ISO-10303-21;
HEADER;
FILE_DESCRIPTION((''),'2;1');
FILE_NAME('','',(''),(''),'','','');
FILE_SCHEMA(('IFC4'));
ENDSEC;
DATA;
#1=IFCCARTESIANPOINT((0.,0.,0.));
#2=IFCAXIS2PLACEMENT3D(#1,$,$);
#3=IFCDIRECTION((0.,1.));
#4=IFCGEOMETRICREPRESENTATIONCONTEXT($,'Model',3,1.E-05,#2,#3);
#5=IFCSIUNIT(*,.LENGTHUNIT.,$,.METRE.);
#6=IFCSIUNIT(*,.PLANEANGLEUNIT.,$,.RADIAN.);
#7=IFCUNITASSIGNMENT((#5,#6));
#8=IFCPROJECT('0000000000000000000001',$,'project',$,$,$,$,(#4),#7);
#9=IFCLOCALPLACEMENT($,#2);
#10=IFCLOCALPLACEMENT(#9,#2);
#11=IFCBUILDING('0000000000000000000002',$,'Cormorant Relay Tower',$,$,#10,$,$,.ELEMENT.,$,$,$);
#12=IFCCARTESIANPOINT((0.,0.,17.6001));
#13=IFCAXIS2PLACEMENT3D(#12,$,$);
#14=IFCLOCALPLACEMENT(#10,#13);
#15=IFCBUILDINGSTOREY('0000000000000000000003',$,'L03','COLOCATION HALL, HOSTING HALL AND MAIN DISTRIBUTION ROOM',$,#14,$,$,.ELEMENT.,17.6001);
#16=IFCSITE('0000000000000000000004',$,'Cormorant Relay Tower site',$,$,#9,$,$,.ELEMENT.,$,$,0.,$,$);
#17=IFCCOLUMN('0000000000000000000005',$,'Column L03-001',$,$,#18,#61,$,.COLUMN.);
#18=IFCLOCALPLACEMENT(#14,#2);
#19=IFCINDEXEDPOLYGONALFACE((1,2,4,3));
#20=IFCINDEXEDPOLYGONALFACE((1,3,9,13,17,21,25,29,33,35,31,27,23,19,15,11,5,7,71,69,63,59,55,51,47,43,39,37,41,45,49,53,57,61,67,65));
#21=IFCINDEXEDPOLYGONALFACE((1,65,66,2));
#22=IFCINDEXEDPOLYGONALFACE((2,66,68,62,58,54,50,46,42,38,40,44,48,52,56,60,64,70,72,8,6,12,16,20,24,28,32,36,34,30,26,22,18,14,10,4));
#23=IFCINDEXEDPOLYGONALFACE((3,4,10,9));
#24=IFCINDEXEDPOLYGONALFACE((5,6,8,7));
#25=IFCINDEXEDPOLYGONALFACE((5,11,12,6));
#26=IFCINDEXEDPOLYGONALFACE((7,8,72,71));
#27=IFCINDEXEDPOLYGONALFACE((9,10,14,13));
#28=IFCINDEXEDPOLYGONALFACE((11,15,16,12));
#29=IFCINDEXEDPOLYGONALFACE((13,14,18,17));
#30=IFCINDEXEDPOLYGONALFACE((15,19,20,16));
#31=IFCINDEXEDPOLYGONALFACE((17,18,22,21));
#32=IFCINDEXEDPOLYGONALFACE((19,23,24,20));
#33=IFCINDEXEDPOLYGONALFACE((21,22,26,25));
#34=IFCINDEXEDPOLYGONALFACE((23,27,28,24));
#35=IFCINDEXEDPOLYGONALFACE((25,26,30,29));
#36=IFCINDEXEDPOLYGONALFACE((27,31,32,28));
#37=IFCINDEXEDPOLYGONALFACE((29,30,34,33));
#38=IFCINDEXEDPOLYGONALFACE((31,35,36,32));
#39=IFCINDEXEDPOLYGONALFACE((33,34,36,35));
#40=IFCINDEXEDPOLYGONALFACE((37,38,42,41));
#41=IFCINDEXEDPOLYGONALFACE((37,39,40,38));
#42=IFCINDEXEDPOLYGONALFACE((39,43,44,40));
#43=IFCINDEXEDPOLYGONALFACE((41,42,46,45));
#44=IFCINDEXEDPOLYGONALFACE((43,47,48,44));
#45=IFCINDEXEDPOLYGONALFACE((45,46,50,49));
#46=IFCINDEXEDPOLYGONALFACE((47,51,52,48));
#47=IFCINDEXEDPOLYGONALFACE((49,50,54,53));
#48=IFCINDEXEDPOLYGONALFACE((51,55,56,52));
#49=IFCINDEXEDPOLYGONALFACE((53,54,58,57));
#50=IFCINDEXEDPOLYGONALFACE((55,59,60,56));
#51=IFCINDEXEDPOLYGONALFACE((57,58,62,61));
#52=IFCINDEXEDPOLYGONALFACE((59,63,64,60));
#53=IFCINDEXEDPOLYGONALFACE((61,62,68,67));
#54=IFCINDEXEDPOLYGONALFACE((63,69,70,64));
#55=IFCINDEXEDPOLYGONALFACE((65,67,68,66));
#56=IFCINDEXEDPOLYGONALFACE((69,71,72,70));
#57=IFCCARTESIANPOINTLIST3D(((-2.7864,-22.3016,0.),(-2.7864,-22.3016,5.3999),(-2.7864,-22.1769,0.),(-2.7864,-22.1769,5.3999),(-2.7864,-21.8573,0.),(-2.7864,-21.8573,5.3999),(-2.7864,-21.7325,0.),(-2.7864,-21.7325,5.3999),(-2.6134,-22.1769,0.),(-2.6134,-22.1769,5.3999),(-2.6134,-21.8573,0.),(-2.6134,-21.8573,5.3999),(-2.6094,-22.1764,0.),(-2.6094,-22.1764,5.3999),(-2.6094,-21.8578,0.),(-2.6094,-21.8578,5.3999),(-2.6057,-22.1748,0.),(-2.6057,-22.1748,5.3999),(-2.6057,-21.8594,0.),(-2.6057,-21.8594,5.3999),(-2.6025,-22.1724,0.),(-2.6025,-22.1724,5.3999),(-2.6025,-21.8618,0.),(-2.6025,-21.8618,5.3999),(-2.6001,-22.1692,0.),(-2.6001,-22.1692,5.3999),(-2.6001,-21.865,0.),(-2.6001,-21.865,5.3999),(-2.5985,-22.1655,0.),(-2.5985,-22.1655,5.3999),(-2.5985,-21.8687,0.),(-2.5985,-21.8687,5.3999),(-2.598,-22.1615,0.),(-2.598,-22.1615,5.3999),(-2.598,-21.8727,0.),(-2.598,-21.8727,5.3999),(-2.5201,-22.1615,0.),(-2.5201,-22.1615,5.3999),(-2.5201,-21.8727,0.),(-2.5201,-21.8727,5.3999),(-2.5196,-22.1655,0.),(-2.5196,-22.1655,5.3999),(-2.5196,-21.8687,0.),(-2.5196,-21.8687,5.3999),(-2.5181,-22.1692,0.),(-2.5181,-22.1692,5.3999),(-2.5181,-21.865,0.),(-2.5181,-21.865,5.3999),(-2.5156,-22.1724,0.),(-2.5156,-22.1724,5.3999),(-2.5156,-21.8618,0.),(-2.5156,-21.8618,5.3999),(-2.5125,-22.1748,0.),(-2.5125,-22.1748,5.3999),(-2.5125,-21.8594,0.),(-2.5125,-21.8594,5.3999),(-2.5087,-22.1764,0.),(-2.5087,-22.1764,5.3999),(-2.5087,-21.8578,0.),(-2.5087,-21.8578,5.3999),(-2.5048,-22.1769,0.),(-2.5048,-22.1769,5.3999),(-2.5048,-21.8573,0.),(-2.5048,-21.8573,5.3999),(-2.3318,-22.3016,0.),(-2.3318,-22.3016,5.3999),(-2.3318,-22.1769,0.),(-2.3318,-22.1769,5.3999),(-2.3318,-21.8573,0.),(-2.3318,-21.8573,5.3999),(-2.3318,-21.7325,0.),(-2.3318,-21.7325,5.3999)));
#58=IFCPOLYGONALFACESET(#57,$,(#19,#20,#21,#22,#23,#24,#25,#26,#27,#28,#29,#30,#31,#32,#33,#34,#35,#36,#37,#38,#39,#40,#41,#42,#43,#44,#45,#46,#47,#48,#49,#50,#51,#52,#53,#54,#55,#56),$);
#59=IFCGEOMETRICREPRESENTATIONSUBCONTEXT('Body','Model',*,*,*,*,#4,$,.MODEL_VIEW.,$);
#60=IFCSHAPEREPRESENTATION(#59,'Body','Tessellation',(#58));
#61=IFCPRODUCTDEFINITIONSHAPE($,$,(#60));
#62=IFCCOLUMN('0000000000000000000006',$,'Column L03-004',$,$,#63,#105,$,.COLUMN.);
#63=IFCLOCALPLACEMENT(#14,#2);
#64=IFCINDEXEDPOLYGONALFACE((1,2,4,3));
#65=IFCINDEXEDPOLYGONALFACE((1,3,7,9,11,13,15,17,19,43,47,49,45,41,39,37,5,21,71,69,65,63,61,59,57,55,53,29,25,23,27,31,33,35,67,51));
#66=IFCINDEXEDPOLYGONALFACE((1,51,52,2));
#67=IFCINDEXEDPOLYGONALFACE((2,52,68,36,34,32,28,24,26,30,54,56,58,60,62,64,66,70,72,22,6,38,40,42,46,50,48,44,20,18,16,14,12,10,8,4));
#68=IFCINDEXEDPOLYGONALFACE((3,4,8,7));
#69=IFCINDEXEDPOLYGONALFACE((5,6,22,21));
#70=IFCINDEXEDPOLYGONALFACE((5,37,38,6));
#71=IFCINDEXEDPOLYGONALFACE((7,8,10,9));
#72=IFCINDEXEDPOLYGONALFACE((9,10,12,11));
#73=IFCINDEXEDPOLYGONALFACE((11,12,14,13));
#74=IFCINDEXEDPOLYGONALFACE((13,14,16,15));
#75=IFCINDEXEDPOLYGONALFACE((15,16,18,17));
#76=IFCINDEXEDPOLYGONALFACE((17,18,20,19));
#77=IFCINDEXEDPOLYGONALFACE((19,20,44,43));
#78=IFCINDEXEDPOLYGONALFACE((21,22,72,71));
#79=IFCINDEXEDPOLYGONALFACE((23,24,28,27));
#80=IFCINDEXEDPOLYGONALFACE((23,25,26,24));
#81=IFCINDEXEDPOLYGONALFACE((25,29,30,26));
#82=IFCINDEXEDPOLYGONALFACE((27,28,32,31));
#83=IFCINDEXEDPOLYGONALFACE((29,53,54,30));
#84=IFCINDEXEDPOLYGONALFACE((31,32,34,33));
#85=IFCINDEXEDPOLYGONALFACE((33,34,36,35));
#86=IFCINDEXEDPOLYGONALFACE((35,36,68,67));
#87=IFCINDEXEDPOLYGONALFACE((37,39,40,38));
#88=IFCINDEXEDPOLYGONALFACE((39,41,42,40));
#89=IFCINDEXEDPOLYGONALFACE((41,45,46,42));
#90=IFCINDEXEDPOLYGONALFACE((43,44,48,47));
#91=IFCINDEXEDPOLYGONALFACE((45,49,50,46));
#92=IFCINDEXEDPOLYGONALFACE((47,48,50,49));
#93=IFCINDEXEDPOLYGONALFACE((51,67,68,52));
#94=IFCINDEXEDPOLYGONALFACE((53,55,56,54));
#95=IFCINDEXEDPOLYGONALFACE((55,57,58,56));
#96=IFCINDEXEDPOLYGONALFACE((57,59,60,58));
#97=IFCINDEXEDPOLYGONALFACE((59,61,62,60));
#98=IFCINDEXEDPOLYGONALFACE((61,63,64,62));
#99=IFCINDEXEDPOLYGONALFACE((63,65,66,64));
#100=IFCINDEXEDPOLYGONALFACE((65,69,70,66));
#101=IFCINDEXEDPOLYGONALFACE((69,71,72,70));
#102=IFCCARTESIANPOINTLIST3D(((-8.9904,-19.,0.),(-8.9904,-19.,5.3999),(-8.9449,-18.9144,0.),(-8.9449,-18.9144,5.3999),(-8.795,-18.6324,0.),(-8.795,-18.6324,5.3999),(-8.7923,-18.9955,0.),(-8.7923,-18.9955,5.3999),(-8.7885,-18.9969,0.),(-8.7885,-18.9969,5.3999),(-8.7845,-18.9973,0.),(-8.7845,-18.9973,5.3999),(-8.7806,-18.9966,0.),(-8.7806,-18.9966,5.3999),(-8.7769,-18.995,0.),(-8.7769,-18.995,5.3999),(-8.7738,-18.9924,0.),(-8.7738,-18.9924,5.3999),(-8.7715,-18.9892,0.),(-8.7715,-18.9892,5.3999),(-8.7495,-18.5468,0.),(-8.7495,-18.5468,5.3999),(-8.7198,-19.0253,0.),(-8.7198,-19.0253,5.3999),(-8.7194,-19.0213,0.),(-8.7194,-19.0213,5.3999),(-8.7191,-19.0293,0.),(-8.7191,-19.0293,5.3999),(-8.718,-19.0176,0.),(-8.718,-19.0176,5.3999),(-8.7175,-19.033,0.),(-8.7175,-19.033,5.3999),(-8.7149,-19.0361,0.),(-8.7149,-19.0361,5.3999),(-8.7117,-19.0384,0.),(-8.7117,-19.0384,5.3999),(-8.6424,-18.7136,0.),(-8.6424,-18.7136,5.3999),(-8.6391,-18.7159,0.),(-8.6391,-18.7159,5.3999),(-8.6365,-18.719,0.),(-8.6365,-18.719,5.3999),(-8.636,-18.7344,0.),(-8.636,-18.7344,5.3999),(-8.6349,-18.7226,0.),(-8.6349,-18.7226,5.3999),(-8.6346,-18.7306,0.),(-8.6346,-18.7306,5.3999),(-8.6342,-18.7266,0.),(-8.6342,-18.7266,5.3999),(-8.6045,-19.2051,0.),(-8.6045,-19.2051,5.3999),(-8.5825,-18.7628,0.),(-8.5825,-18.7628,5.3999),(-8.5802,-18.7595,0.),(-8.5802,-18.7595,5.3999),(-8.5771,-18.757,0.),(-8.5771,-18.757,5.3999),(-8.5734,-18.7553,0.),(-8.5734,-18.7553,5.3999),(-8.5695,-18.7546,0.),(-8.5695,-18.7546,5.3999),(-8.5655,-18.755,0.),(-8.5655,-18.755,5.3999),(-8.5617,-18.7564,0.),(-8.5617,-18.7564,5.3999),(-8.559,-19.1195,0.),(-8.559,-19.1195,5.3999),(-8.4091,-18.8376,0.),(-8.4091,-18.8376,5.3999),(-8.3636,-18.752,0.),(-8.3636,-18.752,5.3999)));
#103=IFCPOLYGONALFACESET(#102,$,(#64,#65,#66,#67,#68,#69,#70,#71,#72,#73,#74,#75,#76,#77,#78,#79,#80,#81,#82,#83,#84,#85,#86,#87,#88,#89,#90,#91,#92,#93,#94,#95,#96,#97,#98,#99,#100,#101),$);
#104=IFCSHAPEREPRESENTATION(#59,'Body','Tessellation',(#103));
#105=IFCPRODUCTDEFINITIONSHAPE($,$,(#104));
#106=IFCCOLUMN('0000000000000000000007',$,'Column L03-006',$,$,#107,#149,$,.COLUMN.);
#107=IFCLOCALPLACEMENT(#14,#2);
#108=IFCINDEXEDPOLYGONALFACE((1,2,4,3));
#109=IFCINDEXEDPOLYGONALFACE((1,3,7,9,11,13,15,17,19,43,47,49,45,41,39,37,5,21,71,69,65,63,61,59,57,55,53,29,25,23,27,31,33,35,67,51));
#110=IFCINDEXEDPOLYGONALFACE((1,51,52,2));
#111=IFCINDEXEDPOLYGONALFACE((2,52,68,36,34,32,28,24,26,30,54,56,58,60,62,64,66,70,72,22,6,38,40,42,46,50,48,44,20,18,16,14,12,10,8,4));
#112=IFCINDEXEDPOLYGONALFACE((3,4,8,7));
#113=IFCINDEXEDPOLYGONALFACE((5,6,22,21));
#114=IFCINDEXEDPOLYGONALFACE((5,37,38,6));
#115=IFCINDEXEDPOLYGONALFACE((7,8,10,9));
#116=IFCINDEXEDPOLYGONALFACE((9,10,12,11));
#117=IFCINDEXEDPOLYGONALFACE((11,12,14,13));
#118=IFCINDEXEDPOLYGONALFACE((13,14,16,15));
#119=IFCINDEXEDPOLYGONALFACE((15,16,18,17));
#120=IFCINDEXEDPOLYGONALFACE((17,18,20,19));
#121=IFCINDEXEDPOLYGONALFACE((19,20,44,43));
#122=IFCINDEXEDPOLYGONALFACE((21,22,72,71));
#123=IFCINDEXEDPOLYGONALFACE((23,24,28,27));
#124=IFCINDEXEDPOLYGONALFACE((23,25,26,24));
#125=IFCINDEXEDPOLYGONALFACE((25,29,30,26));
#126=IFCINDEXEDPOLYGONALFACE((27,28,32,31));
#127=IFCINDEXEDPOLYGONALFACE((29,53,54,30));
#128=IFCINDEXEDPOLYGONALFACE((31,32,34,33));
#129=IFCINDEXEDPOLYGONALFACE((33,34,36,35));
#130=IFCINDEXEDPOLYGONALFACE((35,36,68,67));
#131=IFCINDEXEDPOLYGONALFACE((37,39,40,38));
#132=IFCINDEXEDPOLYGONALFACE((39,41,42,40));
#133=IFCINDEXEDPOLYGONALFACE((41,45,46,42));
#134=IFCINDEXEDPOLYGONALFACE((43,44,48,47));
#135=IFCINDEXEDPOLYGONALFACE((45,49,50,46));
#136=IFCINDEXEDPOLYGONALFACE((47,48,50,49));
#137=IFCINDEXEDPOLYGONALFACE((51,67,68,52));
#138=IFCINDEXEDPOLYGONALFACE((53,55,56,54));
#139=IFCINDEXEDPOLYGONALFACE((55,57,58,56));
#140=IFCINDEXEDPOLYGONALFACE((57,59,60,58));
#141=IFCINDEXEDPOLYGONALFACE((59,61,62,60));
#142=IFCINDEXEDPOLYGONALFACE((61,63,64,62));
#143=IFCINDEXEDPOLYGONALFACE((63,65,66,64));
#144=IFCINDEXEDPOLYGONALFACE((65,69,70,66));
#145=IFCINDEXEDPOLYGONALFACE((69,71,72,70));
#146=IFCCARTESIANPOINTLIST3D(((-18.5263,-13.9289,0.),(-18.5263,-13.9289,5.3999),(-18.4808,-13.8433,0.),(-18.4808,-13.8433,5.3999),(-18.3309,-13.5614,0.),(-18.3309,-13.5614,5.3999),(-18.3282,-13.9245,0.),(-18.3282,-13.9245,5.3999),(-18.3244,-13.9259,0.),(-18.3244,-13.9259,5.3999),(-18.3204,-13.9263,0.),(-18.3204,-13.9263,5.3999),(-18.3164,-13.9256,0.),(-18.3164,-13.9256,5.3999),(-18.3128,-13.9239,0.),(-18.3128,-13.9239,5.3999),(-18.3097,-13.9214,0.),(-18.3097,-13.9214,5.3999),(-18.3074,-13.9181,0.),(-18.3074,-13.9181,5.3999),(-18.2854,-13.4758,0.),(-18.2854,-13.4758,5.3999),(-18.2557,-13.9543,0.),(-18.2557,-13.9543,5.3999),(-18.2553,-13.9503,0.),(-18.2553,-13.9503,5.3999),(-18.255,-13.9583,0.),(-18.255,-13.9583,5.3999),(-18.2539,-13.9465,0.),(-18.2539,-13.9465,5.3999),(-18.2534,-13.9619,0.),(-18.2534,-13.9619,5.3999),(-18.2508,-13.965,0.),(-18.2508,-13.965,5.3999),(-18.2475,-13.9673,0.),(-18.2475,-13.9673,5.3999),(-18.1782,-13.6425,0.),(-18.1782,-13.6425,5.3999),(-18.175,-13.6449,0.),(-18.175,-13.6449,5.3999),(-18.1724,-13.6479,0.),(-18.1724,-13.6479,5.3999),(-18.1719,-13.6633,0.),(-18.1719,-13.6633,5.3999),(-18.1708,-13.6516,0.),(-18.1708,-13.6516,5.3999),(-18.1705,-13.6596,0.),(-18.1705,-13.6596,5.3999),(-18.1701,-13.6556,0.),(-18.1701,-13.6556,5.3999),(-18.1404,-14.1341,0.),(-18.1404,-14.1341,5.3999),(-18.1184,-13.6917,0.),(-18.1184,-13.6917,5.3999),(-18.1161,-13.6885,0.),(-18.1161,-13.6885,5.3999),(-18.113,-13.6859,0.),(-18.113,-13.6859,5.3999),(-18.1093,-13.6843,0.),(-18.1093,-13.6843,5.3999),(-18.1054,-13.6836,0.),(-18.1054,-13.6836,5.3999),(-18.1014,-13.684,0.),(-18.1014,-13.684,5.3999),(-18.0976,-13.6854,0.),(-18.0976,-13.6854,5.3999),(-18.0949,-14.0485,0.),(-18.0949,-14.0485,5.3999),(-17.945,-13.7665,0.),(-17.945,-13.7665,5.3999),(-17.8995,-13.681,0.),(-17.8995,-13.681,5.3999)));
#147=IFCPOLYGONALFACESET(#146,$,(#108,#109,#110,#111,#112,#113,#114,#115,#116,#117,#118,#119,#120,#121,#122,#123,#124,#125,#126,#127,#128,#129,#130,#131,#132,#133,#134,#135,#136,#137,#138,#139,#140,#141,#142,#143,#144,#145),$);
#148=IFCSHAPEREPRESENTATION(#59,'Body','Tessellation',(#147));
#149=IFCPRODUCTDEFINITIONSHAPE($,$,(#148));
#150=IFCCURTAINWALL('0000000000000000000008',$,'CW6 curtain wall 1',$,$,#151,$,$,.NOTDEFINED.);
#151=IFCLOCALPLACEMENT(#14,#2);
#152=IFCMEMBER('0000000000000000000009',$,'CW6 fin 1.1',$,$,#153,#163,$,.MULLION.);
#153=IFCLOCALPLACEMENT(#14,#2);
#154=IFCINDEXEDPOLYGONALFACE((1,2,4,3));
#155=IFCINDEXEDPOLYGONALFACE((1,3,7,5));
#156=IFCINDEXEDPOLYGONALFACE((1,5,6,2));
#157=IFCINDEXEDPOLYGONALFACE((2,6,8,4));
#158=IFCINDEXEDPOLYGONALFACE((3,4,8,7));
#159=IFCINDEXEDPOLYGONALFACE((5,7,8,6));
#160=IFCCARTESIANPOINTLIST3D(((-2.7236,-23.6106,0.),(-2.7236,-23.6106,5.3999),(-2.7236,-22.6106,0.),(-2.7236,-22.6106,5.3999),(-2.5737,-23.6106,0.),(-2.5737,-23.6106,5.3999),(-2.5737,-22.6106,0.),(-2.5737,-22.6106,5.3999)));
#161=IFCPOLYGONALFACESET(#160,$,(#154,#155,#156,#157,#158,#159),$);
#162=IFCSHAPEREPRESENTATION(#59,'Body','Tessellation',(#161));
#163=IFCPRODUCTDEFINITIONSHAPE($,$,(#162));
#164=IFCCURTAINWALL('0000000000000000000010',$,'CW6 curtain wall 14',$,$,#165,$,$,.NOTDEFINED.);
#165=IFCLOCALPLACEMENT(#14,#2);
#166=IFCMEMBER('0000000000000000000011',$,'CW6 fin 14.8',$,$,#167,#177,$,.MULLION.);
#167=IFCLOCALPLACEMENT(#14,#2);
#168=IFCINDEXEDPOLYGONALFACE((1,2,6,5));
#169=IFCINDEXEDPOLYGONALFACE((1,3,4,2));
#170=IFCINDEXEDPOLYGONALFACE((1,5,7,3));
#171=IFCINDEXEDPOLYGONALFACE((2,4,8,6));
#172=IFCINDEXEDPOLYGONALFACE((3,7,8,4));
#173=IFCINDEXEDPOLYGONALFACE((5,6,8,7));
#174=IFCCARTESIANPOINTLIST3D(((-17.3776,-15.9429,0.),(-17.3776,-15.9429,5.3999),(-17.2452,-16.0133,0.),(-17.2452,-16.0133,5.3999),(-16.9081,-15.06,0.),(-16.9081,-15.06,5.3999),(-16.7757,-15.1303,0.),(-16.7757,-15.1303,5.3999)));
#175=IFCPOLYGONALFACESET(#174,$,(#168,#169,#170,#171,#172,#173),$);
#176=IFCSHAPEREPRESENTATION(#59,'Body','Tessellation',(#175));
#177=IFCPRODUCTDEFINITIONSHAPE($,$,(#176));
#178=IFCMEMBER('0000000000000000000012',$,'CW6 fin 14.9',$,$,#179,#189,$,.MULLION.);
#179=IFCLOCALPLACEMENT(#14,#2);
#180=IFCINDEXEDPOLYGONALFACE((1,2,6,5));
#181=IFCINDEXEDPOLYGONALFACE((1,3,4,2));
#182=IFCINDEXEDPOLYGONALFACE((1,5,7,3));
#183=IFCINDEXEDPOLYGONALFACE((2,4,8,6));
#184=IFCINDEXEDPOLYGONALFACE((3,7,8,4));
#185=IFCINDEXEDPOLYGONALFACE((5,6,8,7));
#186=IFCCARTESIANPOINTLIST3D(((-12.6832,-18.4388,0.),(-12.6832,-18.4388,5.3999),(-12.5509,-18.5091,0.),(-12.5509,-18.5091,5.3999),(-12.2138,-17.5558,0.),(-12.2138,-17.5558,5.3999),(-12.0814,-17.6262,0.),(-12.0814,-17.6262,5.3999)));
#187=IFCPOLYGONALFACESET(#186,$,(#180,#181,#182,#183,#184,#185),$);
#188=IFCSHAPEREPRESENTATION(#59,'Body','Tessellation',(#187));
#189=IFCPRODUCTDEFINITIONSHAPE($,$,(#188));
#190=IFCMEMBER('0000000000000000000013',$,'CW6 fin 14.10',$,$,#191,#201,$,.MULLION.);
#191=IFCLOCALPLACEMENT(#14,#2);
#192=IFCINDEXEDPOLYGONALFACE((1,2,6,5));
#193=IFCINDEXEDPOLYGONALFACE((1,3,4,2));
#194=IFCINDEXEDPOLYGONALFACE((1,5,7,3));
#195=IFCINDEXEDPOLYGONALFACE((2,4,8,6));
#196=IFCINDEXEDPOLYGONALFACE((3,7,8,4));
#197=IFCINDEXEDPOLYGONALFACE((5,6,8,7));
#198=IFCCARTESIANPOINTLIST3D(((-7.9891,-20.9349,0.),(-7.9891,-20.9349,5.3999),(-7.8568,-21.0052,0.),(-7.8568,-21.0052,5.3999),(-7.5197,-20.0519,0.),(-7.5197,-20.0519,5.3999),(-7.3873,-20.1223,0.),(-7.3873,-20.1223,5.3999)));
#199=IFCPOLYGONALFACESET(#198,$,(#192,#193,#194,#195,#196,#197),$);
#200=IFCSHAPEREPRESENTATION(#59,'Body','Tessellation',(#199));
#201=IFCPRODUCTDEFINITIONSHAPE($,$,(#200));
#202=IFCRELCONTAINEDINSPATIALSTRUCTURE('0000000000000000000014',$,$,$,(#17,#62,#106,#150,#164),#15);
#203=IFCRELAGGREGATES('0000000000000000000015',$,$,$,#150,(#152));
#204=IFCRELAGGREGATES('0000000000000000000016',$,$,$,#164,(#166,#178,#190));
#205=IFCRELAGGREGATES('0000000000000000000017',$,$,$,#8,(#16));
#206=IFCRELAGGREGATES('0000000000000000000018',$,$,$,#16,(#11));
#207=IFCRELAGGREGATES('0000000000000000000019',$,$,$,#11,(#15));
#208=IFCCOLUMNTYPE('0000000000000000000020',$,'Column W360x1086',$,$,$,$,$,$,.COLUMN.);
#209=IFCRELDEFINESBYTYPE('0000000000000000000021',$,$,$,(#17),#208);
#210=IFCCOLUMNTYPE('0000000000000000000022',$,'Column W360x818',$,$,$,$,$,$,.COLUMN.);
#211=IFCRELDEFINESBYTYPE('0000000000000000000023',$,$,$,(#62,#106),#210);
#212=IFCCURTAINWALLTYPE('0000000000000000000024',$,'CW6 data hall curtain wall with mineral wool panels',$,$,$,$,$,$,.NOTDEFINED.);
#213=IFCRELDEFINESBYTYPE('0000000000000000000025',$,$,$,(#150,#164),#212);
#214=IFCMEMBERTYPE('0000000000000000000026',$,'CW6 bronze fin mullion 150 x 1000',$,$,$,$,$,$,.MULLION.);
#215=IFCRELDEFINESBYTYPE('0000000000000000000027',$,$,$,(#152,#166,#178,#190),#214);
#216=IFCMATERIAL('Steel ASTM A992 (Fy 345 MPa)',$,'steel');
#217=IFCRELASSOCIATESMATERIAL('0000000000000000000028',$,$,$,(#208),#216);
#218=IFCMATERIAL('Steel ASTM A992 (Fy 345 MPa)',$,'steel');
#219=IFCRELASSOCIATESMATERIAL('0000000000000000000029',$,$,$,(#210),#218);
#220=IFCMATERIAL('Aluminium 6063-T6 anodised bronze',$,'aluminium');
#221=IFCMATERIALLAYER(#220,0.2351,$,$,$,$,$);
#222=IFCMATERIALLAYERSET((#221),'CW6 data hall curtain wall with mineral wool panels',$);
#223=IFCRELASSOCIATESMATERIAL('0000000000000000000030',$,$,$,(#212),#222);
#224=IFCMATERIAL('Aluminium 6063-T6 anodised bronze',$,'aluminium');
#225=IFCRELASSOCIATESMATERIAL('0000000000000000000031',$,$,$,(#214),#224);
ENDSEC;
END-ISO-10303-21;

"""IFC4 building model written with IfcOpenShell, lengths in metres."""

from ifc_helpers import new_model, si_unit, direction, frame, origin, origin_2d, place, context, subcontext, project, spatial, rectangle, i_section, extrude, material, layer, layer_set, material_profile, profile_set, type_object, element, aggregate, save


model = new_model("IFC4")

# Units and contexts
model_context = context("Model", 3, precision=1e-05, world=origin(), true_north=direction((0.0, 1.0)))
body_context = subcontext(model_context, "Body", "Model", "MODEL_VIEW")
ifc_project = project(units=[si_unit("LENGTHUNIT", "METRE"), si_unit("PLANEANGLEUNIT", "RADIAN")], contexts=[model_context])

# Site, building, storey
site_placement = place(None, origin())
site = spatial("IfcSite", under=ifc_project, at=site_placement, Name="Cormorant Relay Tower site", CompositionType="ELEMENT", RefElevation=0.0)
building_placement = place(site_placement, origin())
building = spatial("IfcBuilding", under=site, at=building_placement, Name="Cormorant Relay Tower", CompositionType="ELEMENT")
storey_placement = place(building_placement, frame((0.0, 0.0, 17.6001)))
storey = spatial("IfcBuildingStorey", under=building, at=storey_placement, Name="L03", Description="COLOCATION HALL, HOSTING HALL AND MAIN DISTRIBUTION ROOM", CompositionType="ELEMENT", Elevation=17.6001)

# Columns
ifc_material_1 = material(Name="Steel ASTM A992 (Fy 345 MPa)", Category="steel")
ifc_material_profile_1 = material_profile(ifc_material_1, i_section(OverallWidth=0.4546, OverallDepth=0.5691, WebThickness=0.0779, FlangeThickness=0.1248, FilletRadius=0.0154, at=origin_2d()), Name="W360x1086")
ifc_profile_set_1 = profile_set([ifc_material_profile_1], Name="Steel ASTM A992 (Fy 345 MPa)")
column_type_1 = type_object("IfcColumnType", Name="Column W360x1086", PredefinedType="COLUMN", material=ifc_profile_set_1)
column_placement = place(storey_placement, frame((-2.5591, -22.0171, 0.0), z_axis=(0.0, 0.0, 1.0), x_axis=(1.0, 0.0, 0.0)))
element("IfcColumn", 1, at=column_placement, inside=storey, type_object=column_type_1, Name="Column L03-001", PredefinedType="COLUMN", context=body_context, shape_type="SweptSolid", body=[
    extrude(i_section(OverallWidth=0.4546, OverallDepth=0.5691, WebThickness=0.0779, FlangeThickness=0.1248, FilletRadius=0.0154, at=origin_2d()), origin(), (0.0, 0.0, 1.0), 5.3999),
])
ifc_material_2 = material(Name="Steel ASTM A992 (Fy 345 MPa)", Category="steel")
ifc_material_profile_2 = material_profile(ifc_material_2, i_section(OverallWidth=0.437, OverallDepth=0.5132, WebThickness=0.0605, FlangeThickness=0.0969, FilletRadius=0.0154, at=origin_2d()), Name="W360x818")
ifc_profile_set_2 = profile_set([ifc_material_profile_2], Name="Steel ASTM A992 (Fy 345 MPa)")
column_type_2 = type_object("IfcColumnType", Name="Column W360x818", PredefinedType="COLUMN", material=ifc_profile_set_2)
for number, where, z_axis, x_axis, name in (
    (2, (-8.677, -18.876, 0.0), (0.0, 0.0, 1.0), (0.882948, -0.469472, 0.0), "Column L03-004"),
    (3, (-18.2129, -13.8049, 0.0), (0.0, 0.0, 1.0), (0.882948, -0.469472, 0.0), "Column L03-006"),
):
    element("IfcColumn", number, at=place(storey_placement, frame(where, z_axis=z_axis, x_axis=x_axis)), inside=storey, type_object=column_type_2, Name=name, PredefinedType="COLUMN", context=body_context, shape_type="SweptSolid", body=[
        extrude(i_section(OverallWidth=0.437, OverallDepth=0.5132, WebThickness=0.0605, FlangeThickness=0.0969, FilletRadius=0.0154, at=origin_2d()), origin(), (0.0, 0.0, 1.0), 5.3999),
    ])

# Curtain wall, member
ifc_material_3 = material(Name="Aluminium 6063-T6 anodised bronze", Category="aluminium")
ifc_layer_1 = layer(ifc_material_3, 0.2351)
ifc_layer_set_1 = layer_set([ifc_layer_1], Name="CW6 data hall curtain wall with mineral wool panels")
curtain_wall_type = type_object("IfcCurtainWallType", Name="CW6 data hall curtain wall with mineral wool panels", PredefinedType="NOTDEFINED", material=ifc_layer_set_1)
curtain_wall_1_placement = place(storey_placement, origin())
curtain_wall_1 = element("IfcCurtainWall", 4, at=curtain_wall_1_placement, inside=storey, type_object=curtain_wall_type, Name="CW6 curtain wall 1", PredefinedType="NOTDEFINED")
ifc_material_4 = material(Name="Aluminium 6063-T6 anodised bronze", Category="aluminium")
ifc_material_profile_3 = material_profile(ifc_material_4, rectangle(XDim=0.1499, YDim=1.0, at=origin_2d()), Name="AL 150x1000")
ifc_profile_set_3 = profile_set([ifc_material_profile_3], Name="Aluminium 6063-T6 anodised bronze")
member_type_1 = type_object("IfcMemberType", Name="CW6 bronze fin mullion 150 x 1000", PredefinedType="MULLION", material=ifc_profile_set_3)
member_1_placement = place(storey_placement, frame((-2.6487, -23.1106, 0.0), z_axis=(0.0, 0.0, 1.0), x_axis=(1.0, 0.0, 0.0)))
member_1 = element("IfcMember", 5, at=member_1_placement, type_object=member_type_1, Name="CW6 fin 1.1", PredefinedType="MULLION", context=body_context, shape_type="SweptSolid", body=[
    extrude(rectangle(XDim=0.1499, YDim=1.0, at=origin_2d()), origin(), (0.0, 0.0, 1.0), 5.3999),
])

# Curtain wall, members
curtain_wall_2_placement = place(storey_placement, origin())
curtain_wall_2 = element("IfcCurtainWall", 6, at=curtain_wall_2_placement, inside=storey, type_object=curtain_wall_type, Name="CW6 curtain wall 14", PredefinedType="NOTDEFINED")
member_2_placement = place(storey_placement, frame((-17.0767, -15.5366, 0.0), z_axis=(0.0, 0.0, 1.0), x_axis=(0.882948, -0.469472, 0.0)))
member_2 = element("IfcMember", 7, at=member_2_placement, type_object=member_type_1, Name="CW6 fin 14.8", PredefinedType="MULLION", context=body_context, shape_type="SweptSolid", body=[
    extrude(rectangle(XDim=0.1499, YDim=1.0, at=origin_2d()), origin(), (0.0, 0.0, 1.0), 5.3999),
])
member_3_placement = place(storey_placement, frame((-12.3823, -18.0325, 0.0), z_axis=(0.0, 0.0, 1.0), x_axis=(0.882948, -0.469472, 0.0)))
member_3 = element("IfcMember", 8, at=member_3_placement, type_object=member_type_1, Name="CW6 fin 14.9", PredefinedType="MULLION", context=body_context, shape_type="SweptSolid", body=[
    extrude(rectangle(XDim=0.1499, YDim=1.0, at=origin_2d()), origin(), (0.0, 0.0, 1.0), 5.3999),
])
member_4_placement = place(storey_placement, frame((-7.6882, -20.5286, 0.0), z_axis=(0.0, 0.0, 1.0), x_axis=(0.882948, -0.469472, 0.0)))
member_4 = element("IfcMember", 9, at=member_4_placement, type_object=member_type_1, Name="CW6 fin 14.10", PredefinedType="MULLION", context=body_context, shape_type="SweptSolid", body=[
    extrude(rectangle(XDim=0.1499, YDim=1.0, at=origin_2d()), origin(), (0.0, 0.0, 1.0), 5.3999),
])

aggregate(curtain_wall_1, [member_1])
aggregate(curtain_wall_2, [member_2, member_3, member_4])

save(model, "model.ifc")
